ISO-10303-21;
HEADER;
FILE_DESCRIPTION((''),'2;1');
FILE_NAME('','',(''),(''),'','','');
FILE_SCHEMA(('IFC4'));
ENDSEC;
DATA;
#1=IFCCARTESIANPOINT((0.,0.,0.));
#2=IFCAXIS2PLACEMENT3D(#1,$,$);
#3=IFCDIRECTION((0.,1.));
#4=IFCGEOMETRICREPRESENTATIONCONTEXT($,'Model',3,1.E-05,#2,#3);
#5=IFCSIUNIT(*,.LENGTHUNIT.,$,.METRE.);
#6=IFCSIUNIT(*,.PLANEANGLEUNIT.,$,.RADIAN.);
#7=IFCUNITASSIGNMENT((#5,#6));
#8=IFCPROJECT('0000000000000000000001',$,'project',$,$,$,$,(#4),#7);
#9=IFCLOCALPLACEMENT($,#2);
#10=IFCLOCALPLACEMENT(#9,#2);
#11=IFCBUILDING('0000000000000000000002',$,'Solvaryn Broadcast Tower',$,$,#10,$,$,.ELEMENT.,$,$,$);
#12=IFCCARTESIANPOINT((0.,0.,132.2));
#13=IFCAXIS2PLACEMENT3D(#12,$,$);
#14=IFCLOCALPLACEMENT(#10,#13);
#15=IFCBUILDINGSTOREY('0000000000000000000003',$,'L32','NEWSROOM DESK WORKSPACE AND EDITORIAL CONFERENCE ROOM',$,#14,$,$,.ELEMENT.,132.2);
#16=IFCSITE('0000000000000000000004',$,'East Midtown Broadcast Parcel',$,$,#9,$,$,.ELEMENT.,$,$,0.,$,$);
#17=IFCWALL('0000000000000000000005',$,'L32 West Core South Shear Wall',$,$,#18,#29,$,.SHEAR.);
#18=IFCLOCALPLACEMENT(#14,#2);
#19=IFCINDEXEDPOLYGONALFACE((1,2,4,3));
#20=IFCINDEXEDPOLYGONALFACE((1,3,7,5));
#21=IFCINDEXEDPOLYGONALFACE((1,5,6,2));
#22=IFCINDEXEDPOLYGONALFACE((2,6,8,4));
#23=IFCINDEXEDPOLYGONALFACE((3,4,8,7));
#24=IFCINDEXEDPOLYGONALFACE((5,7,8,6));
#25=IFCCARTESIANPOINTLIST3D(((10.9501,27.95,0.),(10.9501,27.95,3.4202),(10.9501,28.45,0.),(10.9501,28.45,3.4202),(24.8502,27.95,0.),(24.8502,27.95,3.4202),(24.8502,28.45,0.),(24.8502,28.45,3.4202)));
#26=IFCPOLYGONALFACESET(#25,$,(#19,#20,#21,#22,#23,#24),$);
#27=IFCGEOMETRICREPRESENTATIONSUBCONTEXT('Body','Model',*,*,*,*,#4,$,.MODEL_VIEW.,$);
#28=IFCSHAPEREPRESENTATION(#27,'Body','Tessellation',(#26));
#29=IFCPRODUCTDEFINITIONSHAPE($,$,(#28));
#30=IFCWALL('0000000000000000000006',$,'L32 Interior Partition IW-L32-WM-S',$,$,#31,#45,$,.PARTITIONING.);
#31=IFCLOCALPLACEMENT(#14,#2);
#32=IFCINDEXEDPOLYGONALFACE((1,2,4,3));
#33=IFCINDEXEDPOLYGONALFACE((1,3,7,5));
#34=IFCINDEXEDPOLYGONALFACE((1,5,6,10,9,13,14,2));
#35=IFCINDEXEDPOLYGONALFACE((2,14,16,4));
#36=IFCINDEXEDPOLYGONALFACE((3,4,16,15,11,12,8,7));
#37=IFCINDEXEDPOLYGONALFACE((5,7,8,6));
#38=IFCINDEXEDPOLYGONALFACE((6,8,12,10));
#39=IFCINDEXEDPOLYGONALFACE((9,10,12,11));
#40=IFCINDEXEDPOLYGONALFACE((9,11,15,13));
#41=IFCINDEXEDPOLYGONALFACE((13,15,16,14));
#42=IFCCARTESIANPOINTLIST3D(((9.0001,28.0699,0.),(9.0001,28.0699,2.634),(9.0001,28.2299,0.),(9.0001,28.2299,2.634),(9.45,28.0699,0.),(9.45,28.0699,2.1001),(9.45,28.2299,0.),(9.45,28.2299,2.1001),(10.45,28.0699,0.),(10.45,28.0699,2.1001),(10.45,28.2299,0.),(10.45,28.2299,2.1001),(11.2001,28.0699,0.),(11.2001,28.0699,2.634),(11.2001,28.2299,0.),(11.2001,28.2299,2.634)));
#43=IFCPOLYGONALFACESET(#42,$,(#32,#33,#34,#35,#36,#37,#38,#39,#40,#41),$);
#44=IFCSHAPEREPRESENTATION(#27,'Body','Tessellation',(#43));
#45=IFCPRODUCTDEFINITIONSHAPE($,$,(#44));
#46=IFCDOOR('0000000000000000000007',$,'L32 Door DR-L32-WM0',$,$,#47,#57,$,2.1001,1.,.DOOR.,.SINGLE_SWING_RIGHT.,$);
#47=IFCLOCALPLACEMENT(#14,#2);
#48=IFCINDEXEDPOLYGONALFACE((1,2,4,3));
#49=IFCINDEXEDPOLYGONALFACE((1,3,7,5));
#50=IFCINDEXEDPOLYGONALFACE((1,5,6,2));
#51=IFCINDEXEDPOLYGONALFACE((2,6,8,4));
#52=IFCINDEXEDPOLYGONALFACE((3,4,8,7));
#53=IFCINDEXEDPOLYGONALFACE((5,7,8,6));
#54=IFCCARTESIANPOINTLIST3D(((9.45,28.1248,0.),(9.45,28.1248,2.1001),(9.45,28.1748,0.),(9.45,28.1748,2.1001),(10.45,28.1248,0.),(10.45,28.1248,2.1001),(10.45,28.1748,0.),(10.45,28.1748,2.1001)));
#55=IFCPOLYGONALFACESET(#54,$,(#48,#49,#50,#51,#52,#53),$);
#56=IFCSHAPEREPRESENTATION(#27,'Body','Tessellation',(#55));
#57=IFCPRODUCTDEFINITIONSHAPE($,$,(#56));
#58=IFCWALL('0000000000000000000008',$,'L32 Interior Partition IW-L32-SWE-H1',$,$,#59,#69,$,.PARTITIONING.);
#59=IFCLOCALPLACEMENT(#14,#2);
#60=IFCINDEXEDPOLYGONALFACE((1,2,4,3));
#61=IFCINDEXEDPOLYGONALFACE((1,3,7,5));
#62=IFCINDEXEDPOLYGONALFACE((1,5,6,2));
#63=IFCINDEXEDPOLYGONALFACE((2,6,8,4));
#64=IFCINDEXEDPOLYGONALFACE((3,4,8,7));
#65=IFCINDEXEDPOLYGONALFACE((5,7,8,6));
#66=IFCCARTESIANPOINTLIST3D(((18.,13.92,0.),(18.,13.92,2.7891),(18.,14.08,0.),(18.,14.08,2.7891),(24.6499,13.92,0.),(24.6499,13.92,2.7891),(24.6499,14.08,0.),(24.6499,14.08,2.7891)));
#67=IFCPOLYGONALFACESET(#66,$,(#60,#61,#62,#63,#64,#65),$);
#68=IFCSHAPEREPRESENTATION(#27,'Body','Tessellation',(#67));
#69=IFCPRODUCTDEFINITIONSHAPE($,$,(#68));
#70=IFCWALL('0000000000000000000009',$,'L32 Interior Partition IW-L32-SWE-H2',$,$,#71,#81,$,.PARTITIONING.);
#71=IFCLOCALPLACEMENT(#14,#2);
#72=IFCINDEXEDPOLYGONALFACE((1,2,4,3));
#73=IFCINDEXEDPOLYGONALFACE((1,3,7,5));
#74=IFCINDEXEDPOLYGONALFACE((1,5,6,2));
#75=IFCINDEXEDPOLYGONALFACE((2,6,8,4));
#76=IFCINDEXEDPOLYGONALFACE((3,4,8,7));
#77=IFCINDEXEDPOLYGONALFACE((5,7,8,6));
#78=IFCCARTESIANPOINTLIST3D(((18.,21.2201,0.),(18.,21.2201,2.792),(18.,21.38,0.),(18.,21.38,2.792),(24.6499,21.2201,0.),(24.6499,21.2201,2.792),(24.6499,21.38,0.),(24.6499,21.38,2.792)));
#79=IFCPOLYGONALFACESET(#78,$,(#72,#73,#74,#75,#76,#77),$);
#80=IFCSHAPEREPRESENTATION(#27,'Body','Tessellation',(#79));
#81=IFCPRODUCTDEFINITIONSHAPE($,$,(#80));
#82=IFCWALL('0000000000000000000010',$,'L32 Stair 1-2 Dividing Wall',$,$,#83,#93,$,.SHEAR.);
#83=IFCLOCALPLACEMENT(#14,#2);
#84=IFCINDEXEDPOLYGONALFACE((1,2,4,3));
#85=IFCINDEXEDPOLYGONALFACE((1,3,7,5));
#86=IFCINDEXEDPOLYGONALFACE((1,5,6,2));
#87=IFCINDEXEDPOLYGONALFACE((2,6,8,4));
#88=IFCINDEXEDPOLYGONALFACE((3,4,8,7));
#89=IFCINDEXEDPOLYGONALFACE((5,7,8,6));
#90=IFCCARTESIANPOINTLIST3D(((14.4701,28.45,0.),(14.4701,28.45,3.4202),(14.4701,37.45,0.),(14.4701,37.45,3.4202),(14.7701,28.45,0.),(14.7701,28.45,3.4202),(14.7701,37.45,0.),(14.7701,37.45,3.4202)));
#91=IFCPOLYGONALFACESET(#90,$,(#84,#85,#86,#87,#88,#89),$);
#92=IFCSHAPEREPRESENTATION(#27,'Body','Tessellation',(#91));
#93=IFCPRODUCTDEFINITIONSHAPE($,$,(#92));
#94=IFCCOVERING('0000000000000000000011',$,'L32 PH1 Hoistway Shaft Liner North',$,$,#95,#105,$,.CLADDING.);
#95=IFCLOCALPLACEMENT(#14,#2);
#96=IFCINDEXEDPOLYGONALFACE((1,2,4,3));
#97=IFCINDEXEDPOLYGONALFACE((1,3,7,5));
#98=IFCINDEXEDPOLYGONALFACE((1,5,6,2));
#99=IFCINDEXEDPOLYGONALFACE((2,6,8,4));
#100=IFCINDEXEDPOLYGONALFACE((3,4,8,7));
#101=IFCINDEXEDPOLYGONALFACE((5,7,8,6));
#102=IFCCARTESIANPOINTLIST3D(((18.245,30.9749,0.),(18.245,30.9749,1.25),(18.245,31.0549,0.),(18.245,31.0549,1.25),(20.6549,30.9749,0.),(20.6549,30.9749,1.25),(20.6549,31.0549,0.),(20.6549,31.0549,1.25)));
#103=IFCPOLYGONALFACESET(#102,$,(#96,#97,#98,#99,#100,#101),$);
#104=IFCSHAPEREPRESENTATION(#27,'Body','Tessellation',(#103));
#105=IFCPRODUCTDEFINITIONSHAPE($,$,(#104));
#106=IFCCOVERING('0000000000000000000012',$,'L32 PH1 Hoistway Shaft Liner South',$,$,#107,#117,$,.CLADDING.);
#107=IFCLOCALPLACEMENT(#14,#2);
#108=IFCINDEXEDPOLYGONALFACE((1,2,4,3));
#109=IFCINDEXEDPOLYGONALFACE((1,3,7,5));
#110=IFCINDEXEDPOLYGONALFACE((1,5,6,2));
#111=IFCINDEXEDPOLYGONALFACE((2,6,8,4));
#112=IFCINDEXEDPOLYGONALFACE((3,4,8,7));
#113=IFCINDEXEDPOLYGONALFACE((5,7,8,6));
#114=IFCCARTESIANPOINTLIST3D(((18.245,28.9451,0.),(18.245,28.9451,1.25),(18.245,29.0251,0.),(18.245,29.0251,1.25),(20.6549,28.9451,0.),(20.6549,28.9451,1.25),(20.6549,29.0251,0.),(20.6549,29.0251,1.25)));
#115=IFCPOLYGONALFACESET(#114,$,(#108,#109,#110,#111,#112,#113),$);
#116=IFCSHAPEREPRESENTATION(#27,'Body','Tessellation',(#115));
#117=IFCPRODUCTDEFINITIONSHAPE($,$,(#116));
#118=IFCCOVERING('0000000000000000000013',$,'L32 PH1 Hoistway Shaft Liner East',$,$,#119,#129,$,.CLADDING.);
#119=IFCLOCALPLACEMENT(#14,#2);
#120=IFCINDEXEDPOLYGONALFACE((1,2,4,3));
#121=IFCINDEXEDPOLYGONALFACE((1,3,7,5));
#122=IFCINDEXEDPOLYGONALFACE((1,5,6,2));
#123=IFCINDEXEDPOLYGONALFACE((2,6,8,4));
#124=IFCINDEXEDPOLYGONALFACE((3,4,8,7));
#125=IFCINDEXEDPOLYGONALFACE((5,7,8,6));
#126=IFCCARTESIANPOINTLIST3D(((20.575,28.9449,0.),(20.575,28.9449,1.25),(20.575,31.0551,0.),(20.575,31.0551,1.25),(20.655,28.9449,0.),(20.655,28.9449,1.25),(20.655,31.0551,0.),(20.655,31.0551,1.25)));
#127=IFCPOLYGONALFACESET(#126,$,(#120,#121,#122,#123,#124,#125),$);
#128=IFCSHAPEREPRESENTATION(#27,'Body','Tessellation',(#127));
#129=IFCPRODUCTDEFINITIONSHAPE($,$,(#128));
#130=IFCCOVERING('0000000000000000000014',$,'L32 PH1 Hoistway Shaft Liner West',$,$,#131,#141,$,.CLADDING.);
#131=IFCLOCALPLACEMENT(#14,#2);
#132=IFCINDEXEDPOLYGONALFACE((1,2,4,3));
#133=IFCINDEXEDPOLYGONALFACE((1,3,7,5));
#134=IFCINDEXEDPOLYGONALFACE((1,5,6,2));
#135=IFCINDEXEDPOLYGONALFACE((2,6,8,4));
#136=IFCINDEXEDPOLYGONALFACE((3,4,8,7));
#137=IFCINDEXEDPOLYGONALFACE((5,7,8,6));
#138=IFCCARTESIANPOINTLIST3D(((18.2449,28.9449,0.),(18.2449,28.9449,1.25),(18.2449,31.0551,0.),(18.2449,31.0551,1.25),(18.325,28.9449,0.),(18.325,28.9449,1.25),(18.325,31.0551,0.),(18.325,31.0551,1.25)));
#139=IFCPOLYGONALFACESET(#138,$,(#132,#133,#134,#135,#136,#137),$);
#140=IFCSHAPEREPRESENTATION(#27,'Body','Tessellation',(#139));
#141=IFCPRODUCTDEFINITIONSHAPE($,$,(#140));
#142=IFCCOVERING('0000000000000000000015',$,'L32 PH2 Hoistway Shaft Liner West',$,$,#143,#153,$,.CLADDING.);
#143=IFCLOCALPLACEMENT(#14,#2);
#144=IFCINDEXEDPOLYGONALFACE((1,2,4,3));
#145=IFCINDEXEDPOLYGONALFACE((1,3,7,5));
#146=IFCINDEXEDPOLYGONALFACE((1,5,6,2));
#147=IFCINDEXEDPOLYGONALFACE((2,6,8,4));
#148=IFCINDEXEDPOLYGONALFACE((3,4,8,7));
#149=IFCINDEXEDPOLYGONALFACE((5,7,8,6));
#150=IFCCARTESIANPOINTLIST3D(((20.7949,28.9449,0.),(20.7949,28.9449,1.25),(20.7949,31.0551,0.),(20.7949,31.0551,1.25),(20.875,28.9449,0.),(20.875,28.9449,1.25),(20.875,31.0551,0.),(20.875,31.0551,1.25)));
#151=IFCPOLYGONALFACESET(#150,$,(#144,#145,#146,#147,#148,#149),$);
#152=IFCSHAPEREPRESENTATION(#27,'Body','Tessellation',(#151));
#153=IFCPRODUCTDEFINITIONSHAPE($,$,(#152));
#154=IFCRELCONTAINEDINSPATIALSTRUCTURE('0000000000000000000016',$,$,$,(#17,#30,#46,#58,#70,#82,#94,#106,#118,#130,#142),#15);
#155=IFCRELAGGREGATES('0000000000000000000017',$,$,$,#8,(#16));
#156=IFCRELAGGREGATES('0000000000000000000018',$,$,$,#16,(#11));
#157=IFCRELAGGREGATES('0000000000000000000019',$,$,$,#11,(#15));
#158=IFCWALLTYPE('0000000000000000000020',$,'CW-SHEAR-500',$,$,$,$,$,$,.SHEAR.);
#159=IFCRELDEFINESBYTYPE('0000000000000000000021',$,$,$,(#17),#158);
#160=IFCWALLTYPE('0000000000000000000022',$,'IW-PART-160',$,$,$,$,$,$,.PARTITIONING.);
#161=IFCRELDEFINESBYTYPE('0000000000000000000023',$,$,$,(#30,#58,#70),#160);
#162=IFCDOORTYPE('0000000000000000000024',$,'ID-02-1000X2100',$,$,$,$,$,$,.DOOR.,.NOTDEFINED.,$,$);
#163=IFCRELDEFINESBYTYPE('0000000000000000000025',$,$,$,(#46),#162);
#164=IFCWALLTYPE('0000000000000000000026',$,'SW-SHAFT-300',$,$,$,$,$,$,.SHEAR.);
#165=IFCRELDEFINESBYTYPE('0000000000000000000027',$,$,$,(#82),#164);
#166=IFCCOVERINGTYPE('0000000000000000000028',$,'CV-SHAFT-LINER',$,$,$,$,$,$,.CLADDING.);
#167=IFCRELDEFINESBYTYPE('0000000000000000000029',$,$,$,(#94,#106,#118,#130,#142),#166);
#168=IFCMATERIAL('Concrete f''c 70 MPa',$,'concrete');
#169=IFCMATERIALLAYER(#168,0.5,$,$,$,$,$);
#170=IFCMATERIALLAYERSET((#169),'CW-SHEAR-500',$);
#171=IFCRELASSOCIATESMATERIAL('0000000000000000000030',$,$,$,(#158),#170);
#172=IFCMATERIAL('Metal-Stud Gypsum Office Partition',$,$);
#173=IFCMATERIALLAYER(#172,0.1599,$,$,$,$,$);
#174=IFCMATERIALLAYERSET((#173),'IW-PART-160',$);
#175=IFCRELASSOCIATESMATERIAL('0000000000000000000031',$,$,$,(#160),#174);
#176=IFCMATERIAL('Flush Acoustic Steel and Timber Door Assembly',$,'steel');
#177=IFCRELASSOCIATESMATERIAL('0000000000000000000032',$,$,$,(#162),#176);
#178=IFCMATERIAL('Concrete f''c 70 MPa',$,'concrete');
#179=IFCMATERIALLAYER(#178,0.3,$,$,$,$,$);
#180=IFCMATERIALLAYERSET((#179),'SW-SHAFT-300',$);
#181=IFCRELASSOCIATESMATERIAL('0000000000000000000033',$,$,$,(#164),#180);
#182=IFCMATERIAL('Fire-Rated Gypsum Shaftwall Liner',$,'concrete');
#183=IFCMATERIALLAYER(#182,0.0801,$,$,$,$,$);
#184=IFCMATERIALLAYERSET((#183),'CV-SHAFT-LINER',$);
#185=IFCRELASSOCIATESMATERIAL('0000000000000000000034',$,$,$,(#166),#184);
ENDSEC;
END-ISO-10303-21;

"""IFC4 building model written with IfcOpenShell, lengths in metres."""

from ifc_helpers import new_model, si_unit, direction, frame, frame_2d, origin, origin_2d, place, context, subcontext, project, spatial, rectangle, extrude, material, layer, layer_set, type_object, element, fill, save


model = new_model("IFC4")

# Units and contexts
model_context = context("Model", 3, precision=1e-05, world=origin(), true_north=direction((0.0, 1.0)))
body_context = subcontext(model_context, "Body", "Model", "MODEL_VIEW")
ifc_project = project(units=[si_unit("LENGTHUNIT", "METRE"), si_unit("PLANEANGLEUNIT", "RADIAN")], contexts=[model_context])

# Site, building, storey
site_placement = place(None, origin())
site = spatial("IfcSite", under=ifc_project, at=site_placement, Name="East Midtown Broadcast Parcel", CompositionType="ELEMENT", RefElevation=0.0)
building_placement = place(site_placement, origin())
building = spatial("IfcBuilding", under=site, at=building_placement, Name="Solvaryn Broadcast Tower", CompositionType="ELEMENT")
storey_placement = place(building_placement, frame((0.0, 0.0, 132.2)))
storey = spatial("IfcBuildingStorey", under=building, at=storey_placement, Name="L32", Description="NEWSROOM DESK WORKSPACE AND EDITORIAL CONFERENCE ROOM", CompositionType="ELEMENT", Elevation=132.2)

# Wall
ifc_material_1 = material(Name="Concrete f'c 70 MPa", Category="concrete")
ifc_layer_1 = layer(ifc_material_1, 0.5)
ifc_layer_set_1 = layer_set([ifc_layer_1], Name="CW-SHEAR-500")
wall_type_1 = type_object("IfcWallType", Name="CW-SHEAR-500", PredefinedType="SHEAR", material=ifc_layer_set_1)
wall_1_placement = place(storey_placement, frame((10.95, 28.2, 0.0), z_axis=(0.0, 0.0, 1.0), x_axis=(1.0, 0.0, 0.0)))
element("IfcWall", 1, at=wall_1_placement, inside=storey, type_object=wall_type_1, Name="L32 West Core South Shear Wall", PredefinedType="SHEAR", context=body_context, shape_type="SweptSolid", body=[
    extrude(rectangle(XDim=13.9001, YDim=0.5, at=frame_2d((6.9502, 0.0))), origin(), (0.0, 0.0, 1.0), 3.4202),
])

# Wall, opening, door
ifc_material_2 = material(Name="Metal-Stud Gypsum Office Partition")
ifc_layer_2 = layer(ifc_material_2, 0.1599)
ifc_layer_set_2 = layer_set([ifc_layer_2], Name="IW-PART-160")
wall_type_2 = type_object("IfcWallType", Name="IW-PART-160", PredefinedType="PARTITIONING", material=ifc_layer_set_2)
wall_2_placement = place(storey_placement, frame((9.0, 28.1499, 0.0), z_axis=(0.0, 0.0, 1.0), x_axis=(1.0, 0.0, 0.0)))
wall_2 = element("IfcWall", 2, at=wall_2_placement, inside=storey, type_object=wall_type_2, Name="L32 Interior Partition IW-L32-WM-S", PredefinedType="PARTITIONING", context=body_context, shape_type="SweptSolid", body=[
    extrude(rectangle(XDim=2.2, YDim=0.1599, at=frame_2d((1.1001, 0.0))), origin(), (0.0, 0.0, 1.0), 2.634),
])
opening_placement = place(wall_2_placement, frame((0.45, 0.0, 0.0)))
opening = element("IfcOpeningElement", 3, at=opening_placement, cuts=wall_2, PredefinedType="OPENING", context=body_context, shape_type="SweptSolid", body=[
    extrude(rectangle(XDim=1.0, YDim=2.1001, at=frame_2d((0.5, 1.05))), frame((0.0, 0.0901, 0.0), z_axis=(0.0, -1.0, 0.0), x_axis=(1.0, 0.0, 0.0)), (0.0, 0.0, 1.0), 0.1799),
])
ifc_material_3 = material(Name="Flush Acoustic Steel and Timber Door Assembly", Category="steel")
door_type = type_object("IfcDoorType", Name="ID-02-1000X2100", OperationType="NOTDEFINED", PredefinedType="DOOR", material=ifc_material_3)
door_placement = place(opening_placement, origin())
door = element("IfcDoor", 4, at=door_placement, inside=storey, type_object=door_type, Name="L32 Door DR-L32-WM0", OperationType="SINGLE_SWING_RIGHT", OverallHeight=2.1001, OverallWidth=1.0, PredefinedType="DOOR", context=body_context, shape_type="SweptSolid", body=[
    extrude(rectangle(XDim=1.0, YDim=2.1001, at=frame_2d((0.5, 1.05))), frame((0.0, 0.0249, 0.0), z_axis=(0.0, -1.0, 0.0), x_axis=(1.0, 0.0, 0.0)), (0.0, 0.0, 1.0), 0.05),
])
fill(opening, door)

# Walls
wall_3_placement = place(storey_placement, frame((18.0, 14.0, 0.0), z_axis=(0.0, 0.0, 1.0), x_axis=(1.0, 0.0, 0.0)))
element("IfcWall", 5, at=wall_3_placement, inside=storey, type_object=wall_type_2, Name="L32 Interior Partition IW-L32-SWE-H1", PredefinedType="PARTITIONING", context=body_context, shape_type="SweptSolid", body=[
    extrude(rectangle(XDim=6.6499, YDim=0.1599, at=frame_2d((3.325, 0.0))), origin(), (0.0, 0.0, 1.0), 2.7891),
])
wall_4_placement = place(storey_placement, frame((18.0, 21.3, 0.0), z_axis=(0.0, 0.0, 1.0), x_axis=(1.0, 0.0, 0.0)))
element("IfcWall", 6, at=wall_4_placement, inside=storey, type_object=wall_type_2, Name="L32 Interior Partition IW-L32-SWE-H2", PredefinedType="PARTITIONING", context=body_context, shape_type="SweptSolid", body=[
    extrude(rectangle(XDim=6.6499, YDim=0.1599, at=frame_2d((3.325, 0.0))), origin(), (0.0, 0.0, 1.0), 2.792),
])
ifc_material_4 = material(Name="Concrete f'c 70 MPa", Category="concrete")
ifc_layer_3 = layer(ifc_material_4, 0.3)
ifc_layer_set_3 = layer_set([ifc_layer_3], Name="SW-SHAFT-300")
wall_type_3 = type_object("IfcWallType", Name="SW-SHAFT-300", PredefinedType="SHEAR", material=ifc_layer_set_3)
wall_5_placement = place(storey_placement, frame((14.6201, 28.45, 0.0), z_axis=(0.0, 0.0, 1.0), x_axis=(0.0, 1.0, 0.0)))
element("IfcWall", 7, at=wall_5_placement, inside=storey, type_object=wall_type_3, Name="L32 Stair 1-2 Dividing Wall", PredefinedType="SHEAR", context=body_context, shape_type="SweptSolid", body=[
    extrude(rectangle(XDim=9.0, YDim=0.3, at=frame_2d((4.5, 0.0))), origin(), (0.0, 0.0, 1.0), 3.4202),
])

# Coverings
ifc_material_5 = material(Name="Fire-Rated Gypsum Shaftwall Liner", Category="concrete")
ifc_layer_4 = layer(ifc_material_5, 0.0801)
ifc_layer_set_4 = layer_set([ifc_layer_4], Name="CV-SHAFT-LINER")
covering_type = type_object("IfcCoveringType", Name="CV-SHAFT-LINER", PredefinedType="CLADDING", material=ifc_layer_set_4)
for number, where, z_axis, x_axis, name in (
    (8, (19.45, 31.0149, 0.0), (0.0, 0.0, 1.0), (1.0, 0.0, 0.0), "L32 PH1 Hoistway Shaft Liner North"),
    (9, (19.45, 28.9851, 0.0), (0.0, 0.0, 1.0), (1.0, 0.0, 0.0), "L32 PH1 Hoistway Shaft Liner South"),
):
    element("IfcCovering", number, at=place(storey_placement, frame(where, z_axis=z_axis, x_axis=x_axis)), inside=storey, type_object=covering_type, Name=name, PredefinedType="CLADDING", context=body_context, shape_type="SweptSolid", body=[
        extrude(rectangle(XDim=2.4099, YDim=0.0801, at=origin_2d()), origin(), (0.0, 0.0, 1.0), 1.25),
    ])
for number, where, z_axis, x_axis, name in (
    (10, (20.615, 30.0, 0.0), (0.0, 0.0, 1.0), (1.0, 0.0, 0.0), "L32 PH1 Hoistway Shaft Liner East"),
    (11, (18.2849, 30.0, 0.0), (0.0, 0.0, 1.0), (1.0, 0.0, 0.0), "L32 PH1 Hoistway Shaft Liner West"),
    (12, (20.835, 30.0, 0.0), (0.0, 0.0, 1.0), (1.0, 0.0, 0.0), "L32 PH2 Hoistway Shaft Liner West"),
):
    element("IfcCovering", number, at=place(storey_placement, frame(where, z_axis=z_axis, x_axis=x_axis)), inside=storey, type_object=covering_type, Name=name, PredefinedType="CLADDING", context=body_context, shape_type="SweptSolid", body=[
        extrude(rectangle(XDim=0.0801, YDim=2.1101, at=origin_2d()), origin(), (0.0, 0.0, 1.0), 1.25),
    ])

save(model, "model.ifc")
